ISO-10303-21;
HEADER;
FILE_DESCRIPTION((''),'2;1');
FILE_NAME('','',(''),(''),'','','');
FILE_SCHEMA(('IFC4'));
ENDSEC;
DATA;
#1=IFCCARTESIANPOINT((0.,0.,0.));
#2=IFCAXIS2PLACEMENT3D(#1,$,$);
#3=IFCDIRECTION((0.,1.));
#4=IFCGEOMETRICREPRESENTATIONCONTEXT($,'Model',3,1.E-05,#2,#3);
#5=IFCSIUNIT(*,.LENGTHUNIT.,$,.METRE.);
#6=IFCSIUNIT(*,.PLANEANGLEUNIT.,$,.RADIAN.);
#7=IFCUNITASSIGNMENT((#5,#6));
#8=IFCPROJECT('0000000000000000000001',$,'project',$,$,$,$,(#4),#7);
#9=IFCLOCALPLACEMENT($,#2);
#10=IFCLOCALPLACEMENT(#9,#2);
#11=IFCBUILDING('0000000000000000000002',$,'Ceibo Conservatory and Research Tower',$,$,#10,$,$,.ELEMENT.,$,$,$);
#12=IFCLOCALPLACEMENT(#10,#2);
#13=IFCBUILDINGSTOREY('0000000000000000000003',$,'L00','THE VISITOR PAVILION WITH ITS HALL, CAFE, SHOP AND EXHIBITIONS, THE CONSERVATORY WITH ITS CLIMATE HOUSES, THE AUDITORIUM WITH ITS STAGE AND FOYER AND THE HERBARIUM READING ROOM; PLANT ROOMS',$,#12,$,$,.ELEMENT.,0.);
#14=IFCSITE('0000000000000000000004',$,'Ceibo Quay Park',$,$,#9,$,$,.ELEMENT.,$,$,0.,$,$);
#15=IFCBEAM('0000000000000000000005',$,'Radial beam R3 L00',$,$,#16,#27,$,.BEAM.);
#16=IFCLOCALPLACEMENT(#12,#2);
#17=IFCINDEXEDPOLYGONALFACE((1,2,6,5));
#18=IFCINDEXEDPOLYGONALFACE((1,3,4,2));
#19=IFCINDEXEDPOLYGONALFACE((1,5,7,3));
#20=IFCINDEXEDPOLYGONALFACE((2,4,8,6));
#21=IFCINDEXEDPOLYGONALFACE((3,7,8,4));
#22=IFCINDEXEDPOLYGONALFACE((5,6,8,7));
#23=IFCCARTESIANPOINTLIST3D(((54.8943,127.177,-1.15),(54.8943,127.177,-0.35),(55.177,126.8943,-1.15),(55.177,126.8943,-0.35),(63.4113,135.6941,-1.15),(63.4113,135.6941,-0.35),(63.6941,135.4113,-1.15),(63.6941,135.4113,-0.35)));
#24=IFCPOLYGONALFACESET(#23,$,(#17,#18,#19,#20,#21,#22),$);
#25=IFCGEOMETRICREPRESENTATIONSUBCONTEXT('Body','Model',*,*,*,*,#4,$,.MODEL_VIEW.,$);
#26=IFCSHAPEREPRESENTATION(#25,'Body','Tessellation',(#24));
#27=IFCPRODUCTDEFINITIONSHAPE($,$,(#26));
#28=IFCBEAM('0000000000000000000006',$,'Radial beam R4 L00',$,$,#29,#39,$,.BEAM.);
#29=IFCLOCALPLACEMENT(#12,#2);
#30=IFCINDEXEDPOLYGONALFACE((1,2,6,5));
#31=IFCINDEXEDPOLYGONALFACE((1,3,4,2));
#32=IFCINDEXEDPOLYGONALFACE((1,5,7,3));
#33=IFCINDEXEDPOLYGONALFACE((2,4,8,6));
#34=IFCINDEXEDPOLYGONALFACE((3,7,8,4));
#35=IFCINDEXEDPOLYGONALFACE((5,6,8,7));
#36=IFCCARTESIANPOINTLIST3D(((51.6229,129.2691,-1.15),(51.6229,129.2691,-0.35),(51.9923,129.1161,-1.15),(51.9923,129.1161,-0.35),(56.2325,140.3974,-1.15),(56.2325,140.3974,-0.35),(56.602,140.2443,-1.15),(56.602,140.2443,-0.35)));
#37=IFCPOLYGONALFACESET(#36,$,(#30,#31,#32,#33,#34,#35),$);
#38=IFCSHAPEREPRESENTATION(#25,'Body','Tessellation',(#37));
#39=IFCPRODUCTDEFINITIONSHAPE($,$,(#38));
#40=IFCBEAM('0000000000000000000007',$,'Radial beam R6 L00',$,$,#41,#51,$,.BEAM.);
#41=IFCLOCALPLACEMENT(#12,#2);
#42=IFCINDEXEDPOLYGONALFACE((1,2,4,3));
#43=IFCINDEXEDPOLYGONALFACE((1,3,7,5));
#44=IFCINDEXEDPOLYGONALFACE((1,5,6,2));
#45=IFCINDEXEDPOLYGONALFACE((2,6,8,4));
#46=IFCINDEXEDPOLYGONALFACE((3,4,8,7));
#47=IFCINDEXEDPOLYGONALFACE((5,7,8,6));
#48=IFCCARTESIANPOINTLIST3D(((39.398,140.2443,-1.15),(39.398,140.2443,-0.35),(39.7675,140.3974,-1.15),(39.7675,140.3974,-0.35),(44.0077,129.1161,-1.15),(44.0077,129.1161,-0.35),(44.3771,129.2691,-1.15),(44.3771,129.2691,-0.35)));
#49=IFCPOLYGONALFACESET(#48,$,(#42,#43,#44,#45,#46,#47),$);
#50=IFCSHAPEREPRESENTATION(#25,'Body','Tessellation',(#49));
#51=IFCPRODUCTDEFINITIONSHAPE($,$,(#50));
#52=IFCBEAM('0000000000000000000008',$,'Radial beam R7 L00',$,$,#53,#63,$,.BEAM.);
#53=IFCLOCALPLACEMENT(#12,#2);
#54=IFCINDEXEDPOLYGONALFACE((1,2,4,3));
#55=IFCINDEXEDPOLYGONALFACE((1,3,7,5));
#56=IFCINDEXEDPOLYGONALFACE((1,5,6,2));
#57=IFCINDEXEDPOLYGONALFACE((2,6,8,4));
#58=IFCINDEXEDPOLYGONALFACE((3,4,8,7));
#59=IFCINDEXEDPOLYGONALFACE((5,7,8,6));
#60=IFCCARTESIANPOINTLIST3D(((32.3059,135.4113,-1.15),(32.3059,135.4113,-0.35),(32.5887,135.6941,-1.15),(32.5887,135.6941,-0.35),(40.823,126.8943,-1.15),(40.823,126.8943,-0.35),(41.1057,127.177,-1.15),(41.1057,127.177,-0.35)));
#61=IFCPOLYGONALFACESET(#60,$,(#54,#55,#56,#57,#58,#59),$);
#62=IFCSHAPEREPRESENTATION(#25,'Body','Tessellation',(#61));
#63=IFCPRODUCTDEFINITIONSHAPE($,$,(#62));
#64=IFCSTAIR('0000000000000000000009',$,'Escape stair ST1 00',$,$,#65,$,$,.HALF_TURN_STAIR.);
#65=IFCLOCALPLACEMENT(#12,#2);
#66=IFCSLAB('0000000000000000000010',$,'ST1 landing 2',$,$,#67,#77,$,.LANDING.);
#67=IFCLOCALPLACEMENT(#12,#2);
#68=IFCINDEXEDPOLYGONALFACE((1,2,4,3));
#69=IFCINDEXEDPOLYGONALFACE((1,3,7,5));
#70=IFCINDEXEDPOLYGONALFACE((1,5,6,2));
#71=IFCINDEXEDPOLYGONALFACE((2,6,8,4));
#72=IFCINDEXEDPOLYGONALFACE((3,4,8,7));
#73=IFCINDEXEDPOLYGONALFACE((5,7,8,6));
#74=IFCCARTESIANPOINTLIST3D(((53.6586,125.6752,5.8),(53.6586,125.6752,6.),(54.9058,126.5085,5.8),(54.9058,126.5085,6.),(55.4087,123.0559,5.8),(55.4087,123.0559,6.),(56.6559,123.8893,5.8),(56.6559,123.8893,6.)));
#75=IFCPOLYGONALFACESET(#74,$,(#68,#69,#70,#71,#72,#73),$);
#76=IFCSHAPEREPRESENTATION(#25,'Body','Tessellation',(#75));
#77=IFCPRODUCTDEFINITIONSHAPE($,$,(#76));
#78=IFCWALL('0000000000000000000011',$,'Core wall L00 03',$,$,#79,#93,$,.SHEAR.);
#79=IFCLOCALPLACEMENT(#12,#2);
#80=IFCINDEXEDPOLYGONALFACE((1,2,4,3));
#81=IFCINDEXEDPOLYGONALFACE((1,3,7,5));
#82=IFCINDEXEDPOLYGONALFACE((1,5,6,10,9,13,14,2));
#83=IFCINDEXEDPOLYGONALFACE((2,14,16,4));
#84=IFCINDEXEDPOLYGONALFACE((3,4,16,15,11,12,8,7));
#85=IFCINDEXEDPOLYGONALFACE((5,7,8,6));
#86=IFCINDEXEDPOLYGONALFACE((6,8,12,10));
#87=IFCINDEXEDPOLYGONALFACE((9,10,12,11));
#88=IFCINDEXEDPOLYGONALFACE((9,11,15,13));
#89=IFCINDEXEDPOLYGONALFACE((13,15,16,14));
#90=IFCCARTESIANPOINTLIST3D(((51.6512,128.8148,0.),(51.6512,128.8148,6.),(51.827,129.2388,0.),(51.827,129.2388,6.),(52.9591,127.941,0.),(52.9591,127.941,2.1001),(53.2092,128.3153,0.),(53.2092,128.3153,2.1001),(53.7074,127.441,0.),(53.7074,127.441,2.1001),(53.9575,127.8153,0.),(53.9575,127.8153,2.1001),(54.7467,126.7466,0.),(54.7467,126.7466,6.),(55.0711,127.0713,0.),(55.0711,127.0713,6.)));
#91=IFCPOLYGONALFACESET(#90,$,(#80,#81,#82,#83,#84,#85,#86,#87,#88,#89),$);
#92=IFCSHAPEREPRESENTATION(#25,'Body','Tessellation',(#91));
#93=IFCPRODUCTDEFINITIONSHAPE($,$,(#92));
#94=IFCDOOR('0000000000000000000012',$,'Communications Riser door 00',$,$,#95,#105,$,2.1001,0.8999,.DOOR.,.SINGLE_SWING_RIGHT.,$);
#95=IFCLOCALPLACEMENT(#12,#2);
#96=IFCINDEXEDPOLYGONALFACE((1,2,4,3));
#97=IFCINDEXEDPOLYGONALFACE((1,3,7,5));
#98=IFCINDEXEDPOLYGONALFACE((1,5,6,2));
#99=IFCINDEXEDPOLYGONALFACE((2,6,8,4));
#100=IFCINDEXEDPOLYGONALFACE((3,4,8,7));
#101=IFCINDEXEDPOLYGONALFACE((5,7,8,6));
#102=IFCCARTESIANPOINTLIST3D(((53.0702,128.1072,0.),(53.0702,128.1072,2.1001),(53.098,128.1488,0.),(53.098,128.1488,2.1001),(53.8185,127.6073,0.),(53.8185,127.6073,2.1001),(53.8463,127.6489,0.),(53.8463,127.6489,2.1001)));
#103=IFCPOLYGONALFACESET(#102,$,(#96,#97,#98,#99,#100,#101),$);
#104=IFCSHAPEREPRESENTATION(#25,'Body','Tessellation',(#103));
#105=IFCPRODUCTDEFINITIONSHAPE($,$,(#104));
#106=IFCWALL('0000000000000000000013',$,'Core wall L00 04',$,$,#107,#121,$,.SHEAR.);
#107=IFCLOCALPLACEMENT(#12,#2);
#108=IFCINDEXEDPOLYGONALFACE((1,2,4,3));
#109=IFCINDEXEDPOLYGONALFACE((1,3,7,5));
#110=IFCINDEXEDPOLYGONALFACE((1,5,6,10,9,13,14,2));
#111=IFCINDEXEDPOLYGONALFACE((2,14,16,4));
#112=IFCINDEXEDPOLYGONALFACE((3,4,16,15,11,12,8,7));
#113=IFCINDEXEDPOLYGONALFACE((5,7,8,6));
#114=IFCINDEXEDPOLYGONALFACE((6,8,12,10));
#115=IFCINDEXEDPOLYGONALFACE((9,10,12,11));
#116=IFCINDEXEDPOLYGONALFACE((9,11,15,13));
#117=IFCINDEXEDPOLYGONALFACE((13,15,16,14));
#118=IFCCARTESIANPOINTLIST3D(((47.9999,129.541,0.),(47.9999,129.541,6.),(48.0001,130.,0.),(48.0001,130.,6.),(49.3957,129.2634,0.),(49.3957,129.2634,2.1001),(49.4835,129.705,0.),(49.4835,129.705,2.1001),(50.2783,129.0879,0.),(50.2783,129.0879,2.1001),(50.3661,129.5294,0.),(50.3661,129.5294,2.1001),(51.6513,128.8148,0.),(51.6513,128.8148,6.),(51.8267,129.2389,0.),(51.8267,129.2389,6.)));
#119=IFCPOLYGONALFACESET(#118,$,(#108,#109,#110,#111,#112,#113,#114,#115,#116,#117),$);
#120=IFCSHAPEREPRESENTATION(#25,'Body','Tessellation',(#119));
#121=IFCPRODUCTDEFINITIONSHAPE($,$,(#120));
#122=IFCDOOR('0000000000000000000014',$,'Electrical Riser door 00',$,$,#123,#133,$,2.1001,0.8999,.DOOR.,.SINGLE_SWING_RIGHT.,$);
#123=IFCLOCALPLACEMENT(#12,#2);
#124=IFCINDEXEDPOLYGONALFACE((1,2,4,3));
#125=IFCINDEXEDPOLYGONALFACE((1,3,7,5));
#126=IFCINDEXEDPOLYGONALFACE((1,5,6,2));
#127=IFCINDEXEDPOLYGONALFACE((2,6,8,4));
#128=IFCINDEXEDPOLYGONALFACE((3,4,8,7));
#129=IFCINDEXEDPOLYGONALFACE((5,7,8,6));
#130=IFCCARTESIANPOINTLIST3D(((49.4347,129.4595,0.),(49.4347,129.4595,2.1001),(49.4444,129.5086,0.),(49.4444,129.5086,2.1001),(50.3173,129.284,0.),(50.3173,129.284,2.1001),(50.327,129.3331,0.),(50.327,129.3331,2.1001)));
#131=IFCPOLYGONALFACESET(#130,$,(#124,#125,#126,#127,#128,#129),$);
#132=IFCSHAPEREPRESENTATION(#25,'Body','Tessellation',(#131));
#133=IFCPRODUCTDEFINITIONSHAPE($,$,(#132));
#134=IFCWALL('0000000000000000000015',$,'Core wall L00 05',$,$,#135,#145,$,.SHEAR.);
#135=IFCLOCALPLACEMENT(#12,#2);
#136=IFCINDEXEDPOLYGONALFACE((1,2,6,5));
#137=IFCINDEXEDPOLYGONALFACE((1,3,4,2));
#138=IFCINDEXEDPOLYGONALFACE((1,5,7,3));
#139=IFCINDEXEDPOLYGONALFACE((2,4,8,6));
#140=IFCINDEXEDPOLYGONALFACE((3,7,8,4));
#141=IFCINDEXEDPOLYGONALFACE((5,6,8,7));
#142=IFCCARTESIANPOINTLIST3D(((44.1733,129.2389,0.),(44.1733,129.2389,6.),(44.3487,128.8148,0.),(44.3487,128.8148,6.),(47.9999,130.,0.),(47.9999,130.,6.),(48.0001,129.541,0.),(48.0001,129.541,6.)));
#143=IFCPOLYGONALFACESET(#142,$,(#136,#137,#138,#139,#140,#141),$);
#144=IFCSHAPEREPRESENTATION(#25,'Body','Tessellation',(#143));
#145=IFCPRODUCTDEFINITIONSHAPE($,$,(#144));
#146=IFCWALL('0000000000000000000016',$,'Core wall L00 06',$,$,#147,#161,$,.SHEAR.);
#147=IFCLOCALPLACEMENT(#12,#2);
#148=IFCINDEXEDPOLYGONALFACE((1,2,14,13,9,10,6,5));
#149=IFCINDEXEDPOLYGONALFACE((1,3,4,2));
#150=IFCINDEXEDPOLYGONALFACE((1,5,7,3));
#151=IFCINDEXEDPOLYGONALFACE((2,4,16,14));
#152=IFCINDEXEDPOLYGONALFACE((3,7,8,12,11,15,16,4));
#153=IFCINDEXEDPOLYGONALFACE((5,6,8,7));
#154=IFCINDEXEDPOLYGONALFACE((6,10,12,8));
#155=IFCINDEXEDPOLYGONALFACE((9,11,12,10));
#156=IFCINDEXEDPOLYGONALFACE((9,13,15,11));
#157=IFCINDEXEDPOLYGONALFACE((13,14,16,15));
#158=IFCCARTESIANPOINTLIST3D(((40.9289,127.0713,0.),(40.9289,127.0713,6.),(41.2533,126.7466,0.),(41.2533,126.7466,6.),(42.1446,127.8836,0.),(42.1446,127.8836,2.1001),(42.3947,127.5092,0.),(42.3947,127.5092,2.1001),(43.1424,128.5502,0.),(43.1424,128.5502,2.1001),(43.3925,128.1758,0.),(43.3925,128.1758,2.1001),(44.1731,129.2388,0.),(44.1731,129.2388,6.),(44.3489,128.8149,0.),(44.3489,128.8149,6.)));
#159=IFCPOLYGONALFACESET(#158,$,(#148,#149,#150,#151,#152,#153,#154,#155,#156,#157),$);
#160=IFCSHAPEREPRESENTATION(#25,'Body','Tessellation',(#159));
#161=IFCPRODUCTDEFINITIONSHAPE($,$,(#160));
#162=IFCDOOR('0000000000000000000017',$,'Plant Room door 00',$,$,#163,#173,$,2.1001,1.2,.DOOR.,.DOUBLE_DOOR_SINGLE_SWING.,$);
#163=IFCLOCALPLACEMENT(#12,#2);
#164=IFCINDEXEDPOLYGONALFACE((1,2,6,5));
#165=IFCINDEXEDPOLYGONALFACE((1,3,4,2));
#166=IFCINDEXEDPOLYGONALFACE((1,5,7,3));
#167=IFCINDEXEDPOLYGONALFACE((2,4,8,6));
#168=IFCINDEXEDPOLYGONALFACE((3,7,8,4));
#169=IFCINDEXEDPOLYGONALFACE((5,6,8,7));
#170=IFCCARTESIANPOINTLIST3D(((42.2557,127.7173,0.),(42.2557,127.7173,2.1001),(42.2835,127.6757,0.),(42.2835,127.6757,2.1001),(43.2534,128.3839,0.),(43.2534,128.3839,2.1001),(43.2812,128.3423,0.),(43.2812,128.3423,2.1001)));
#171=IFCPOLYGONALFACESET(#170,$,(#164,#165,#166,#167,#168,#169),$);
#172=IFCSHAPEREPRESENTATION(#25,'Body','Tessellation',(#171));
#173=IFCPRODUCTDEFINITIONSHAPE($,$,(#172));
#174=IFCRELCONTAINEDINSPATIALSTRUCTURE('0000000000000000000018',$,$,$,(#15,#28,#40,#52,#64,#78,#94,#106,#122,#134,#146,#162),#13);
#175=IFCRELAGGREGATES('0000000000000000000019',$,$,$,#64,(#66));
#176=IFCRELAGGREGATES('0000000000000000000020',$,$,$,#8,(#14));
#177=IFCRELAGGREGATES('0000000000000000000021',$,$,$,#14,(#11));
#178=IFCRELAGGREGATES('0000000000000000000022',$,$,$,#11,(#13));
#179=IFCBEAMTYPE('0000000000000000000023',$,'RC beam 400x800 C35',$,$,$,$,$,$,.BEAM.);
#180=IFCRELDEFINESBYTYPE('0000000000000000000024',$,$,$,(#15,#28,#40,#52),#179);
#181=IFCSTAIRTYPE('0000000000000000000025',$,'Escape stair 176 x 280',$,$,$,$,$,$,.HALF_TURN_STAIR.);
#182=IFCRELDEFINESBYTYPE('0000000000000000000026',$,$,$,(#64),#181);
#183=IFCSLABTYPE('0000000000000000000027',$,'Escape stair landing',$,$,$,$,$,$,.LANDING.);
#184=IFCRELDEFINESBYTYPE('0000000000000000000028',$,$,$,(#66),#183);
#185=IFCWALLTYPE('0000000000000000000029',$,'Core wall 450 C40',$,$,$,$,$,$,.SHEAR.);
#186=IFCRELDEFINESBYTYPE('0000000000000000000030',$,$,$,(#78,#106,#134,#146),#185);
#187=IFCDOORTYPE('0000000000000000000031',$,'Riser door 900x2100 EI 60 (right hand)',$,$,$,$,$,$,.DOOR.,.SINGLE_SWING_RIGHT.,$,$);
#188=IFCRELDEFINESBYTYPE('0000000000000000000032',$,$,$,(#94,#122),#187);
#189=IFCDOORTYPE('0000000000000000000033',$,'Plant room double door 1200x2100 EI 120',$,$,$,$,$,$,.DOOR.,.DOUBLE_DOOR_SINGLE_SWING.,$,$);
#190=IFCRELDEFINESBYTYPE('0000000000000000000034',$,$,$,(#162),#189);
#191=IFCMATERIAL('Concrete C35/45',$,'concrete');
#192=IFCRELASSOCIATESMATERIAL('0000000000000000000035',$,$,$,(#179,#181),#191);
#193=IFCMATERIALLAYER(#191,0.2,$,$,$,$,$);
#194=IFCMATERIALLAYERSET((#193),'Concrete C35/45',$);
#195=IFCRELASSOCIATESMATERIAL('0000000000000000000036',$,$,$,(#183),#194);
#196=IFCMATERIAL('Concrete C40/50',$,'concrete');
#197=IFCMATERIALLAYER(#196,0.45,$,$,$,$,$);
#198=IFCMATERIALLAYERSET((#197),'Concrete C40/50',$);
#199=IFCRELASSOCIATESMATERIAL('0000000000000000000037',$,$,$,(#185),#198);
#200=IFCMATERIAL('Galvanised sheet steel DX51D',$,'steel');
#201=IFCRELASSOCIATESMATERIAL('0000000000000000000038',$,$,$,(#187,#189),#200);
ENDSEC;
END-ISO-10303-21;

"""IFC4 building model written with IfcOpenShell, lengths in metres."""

from ifc_helpers import new_model, si_unit, direction, frame, frame_2d, origin, origin_2d, place, context, subcontext, project, spatial, polyline, rectangle, outline, extrude, material, layer, layer_set, material_profile, profile_set, type_object, element, fill, aggregate, save


model = new_model("IFC4")

# Units and contexts
model_context = context("Model", 3, precision=1e-05, world=origin(), true_north=direction((0.0, 1.0)))
body_context = subcontext(model_context, "Body", "Model", "MODEL_VIEW")
ifc_project = project(units=[si_unit("LENGTHUNIT", "METRE"), si_unit("PLANEANGLEUNIT", "RADIAN")], contexts=[model_context])

# Site, building, storey
site_placement = place(None, origin())
site = spatial("IfcSite", under=ifc_project, at=site_placement, Name="Ceibo Quay Park", CompositionType="ELEMENT", RefElevation=0.0)
building_placement = place(site_placement, origin())
building = spatial("IfcBuilding", under=site, at=building_placement, Name="Ceibo Conservatory and Research Tower", CompositionType="ELEMENT")
storey_placement = place(building_placement, origin())
storey = spatial("IfcBuildingStorey", under=building, at=storey_placement, Name="L00", Description="THE VISITOR PAVILION WITH ITS HALL, CAFE, SHOP AND EXHIBITIONS, THE CONSERVATORY WITH ITS CLIMATE HOUSES, THE AUDITORIUM WITH ITS STAGE AND FOYER AND THE HERBARIUM READING ROOM; PLANT ROOMS", CompositionType="ELEMENT", Elevation=0.0)

# Beams
ifc_material_1 = material(Name="Concrete C35/45", Category="concrete")
ifc_material_profile = material_profile(ifc_material_1, rectangle(XDim=0.3999, YDim=0.8, at=origin_2d()), Name="RC 400x800")
ifc_profile_set = profile_set([ifc_material_profile], Name="Concrete C35/45")
beam_type = type_object("IfcBeamType", Name="RC beam 400x800 C35", PredefinedType="BEAM", material=ifc_profile_set)
beam_1_placement = place(storey_placement, frame((55.0356, 127.0356, -0.75), z_axis=(0.707107, 0.707107, 0.0), x_axis=(-0.707107, 0.707107, 0.0)))
element("IfcBeam", 1, at=beam_1_placement, inside=storey, type_object=beam_type, Name="Radial beam R3 L00", PredefinedType="BEAM", context=body_context, shape_type="SweptSolid", body=[
    extrude(rectangle(XDim=0.3999, YDim=0.8, at=origin_2d()), origin(), (0.0, 0.0, 1.0), 12.0449),
])
for number, where, z_axis, x_axis, name in (
    (2, (51.8076, 129.1926, -0.75), (0.382696, 0.923874, 0.0), (-0.923874, 0.382696, 0.0), "Radial beam R4 L00"),
    (3, (44.1924, 129.1926, -0.75), (-0.382696, 0.923874, 0.0), (-0.923874, -0.382696, 0.0), "Radial beam R6 L00"),
):
    element("IfcBeam", number, at=place(storey_placement, frame(where, z_axis=z_axis, x_axis=x_axis)), inside=storey, type_object=beam_type, Name=name, PredefinedType="BEAM", context=body_context, shape_type="SweptSolid", body=[
        extrude(rectangle(XDim=0.3999, YDim=0.8, at=origin_2d()), origin(), (0.0, 0.0, 1.0), 12.0452),
    ])
beam_2_placement = place(storey_placement, frame((40.9644, 127.0356, -0.75), z_axis=(-0.707107, 0.707107, 0.0), x_axis=(-0.707107, -0.707107, 0.0)))
element("IfcBeam", 4, at=beam_2_placement, inside=storey, type_object=beam_type, Name="Radial beam R7 L00", PredefinedType="BEAM", context=body_context, shape_type="SweptSolid", body=[
    extrude(rectangle(XDim=0.3999, YDim=0.8, at=origin_2d()), origin(), (0.0, 0.0, 1.0), 12.0449),
])

# Stair, slab
stair_type = type_object("IfcStairType", Name="Escape stair 176 x 280", PredefinedType="HALF_TURN_STAIR", material=ifc_material_1)
stair_1_placement = place(storey_placement, origin())
stair_1 = element("IfcStair", 5, at=stair_1_placement, inside=storey, type_object=stair_type, Name="Escape stair ST1 00", PredefinedType="HALF_TURN_STAIR")
ifc_layer_1 = layer(ifc_material_1, 0.2)
ifc_layer_set_1 = layer_set([ifc_layer_1], Name="Concrete C35/45")
slab_type = type_object("IfcSlabType", Name="Escape stair landing", PredefinedType="LANDING", material=ifc_layer_set_1)
slab_placement = place(storey_placement, frame((54.9058, 126.5085, 5.8), z_axis=(0.0, 0.0, 1.0), x_axis=(-0.83147, -0.55557, 0.0)))
slab = element("IfcSlab", 6, at=slab_placement, type_object=slab_type, Name="ST1 landing 2", PredefinedType="LANDING", context=body_context, shape_type="SweptSolid", body=[
    extrude(outline(polyline([(0.0, 0.0), (1.5, 0.0), (1.5, 3.1501), (0.0, 3.1501), (0.0, 0.0)])), origin(), (0.0, 0.0, 1.0), 0.2),
])
aggregate(stair_1, [slab])

# Walls, openings, doors
ifc_material_2 = material(Name="Concrete C40/50", Category="concrete")
ifc_layer_2 = layer(ifc_material_2, 0.45)
ifc_layer_set_2 = layer_set([ifc_layer_2], Name="Concrete C40/50")
wall_type_1 = type_object("IfcWallType", Name="Core wall 450 C40", PredefinedType="SHEAR", material=ifc_layer_set_2)
wall_1_placement = place(storey_placement, frame((54.9089, 126.9089, 0.0), z_axis=(0.0, 0.0, 1.0), x_axis=(-0.831488, 0.555542, 0.0)))
wall_1 = element("IfcWall", 7, at=wall_1_placement, inside=storey, type_object=wall_type_1, Name="Core wall L00 03", PredefinedType="SHEAR", context=body_context, shape_type="SweptSolid", body=[
    extrude(outline(polyline([(-0.0447, -0.2251), (3.8569, -0.2251), (3.7676, 0.2251), (0.0447, 0.2251), (-0.0447, -0.2251)])), origin(), (0.0, 0.0, 1.0), 6.0),
])
opening_1_placement = place(wall_1_placement, frame((1.2947, 0.0, 0.0)))
opening_1 = element("IfcOpeningElement", 8, at=opening_1_placement, cuts=wall_1, PredefinedType="OPENING", context=body_context, shape_type="SweptSolid", body=[
    extrude(rectangle(XDim=0.8999, YDim=2.1001, at=frame_2d((0.45, 1.05))), frame((0.0, 0.2349, 0.0), z_axis=(0.0, -1.0, 0.0), x_axis=(1.0, 0.0, 0.0)), (0.0, 0.0, 1.0), 0.47),
])
ifc_material_3 = material(Name="Galvanised sheet steel DX51D", Category="steel")
door_type_1 = type_object("IfcDoorType", Name="Riser door 900x2100 EI 60 (right hand)", OperationType="SINGLE_SWING_RIGHT", PredefinedType="DOOR", material=ifc_material_3)
door_1_placement = place(opening_1_placement, frame((0.8999, 0.0, 0.0), z_axis=(0.0, 0.0, 1.0), x_axis=(-1.0, 0.0, 0.0)))
door_1 = element("IfcDoor", 9, at=door_1_placement, inside=storey, type_object=door_type_1, Name="Communications Riser door 00", OperationType="SINGLE_SWING_RIGHT", OverallHeight=2.1001, OverallWidth=0.8999, PredefinedType="DOOR", context=body_context, shape_type="SweptSolid", body=[
    extrude(rectangle(XDim=0.8999, YDim=2.1001, at=frame_2d((0.45, 1.05))), frame((0.0, 0.0249, 0.0), z_axis=(0.0, -1.0, 0.0), x_axis=(1.0, 0.0, 0.0)), (0.0, 0.0, 1.0), 0.05),
])
fill(opening_1, door_1)
wall_2_placement = place(storey_placement, frame((51.739, 129.0269, 0.0), z_axis=(0.0, 0.0, 1.0), x_axis=(-0.980789, 0.195069, 0.0)))
wall_2 = element("IfcWall", 10, at=wall_2_placement, inside=storey, type_object=wall_type_1, Name="Core wall L00 04", PredefinedType="SHEAR", context=body_context, shape_type="SweptSolid", body=[
    extrude(outline(polyline([(-0.0447, -0.2251), (3.8569, -0.2251), (3.7676, 0.2251), (0.0447, 0.2251), (-0.0447, -0.2251)])), origin(), (0.0, 0.0, 1.0), 6.0),
])
opening_2_placement = place(wall_2_placement, frame((1.4446, 0.0, 0.0)))
opening_2 = element("IfcOpeningElement", 11, at=opening_2_placement, cuts=wall_2, PredefinedType="OPENING", context=body_context, shape_type="SweptSolid", body=[
    extrude(rectangle(XDim=0.8999, YDim=2.1001, at=frame_2d((0.45, 1.05))), frame((0.0, 0.2349, 0.0), z_axis=(0.0, -1.0, 0.0), x_axis=(1.0, 0.0, 0.0)), (0.0, 0.0, 1.0), 0.47),
])
door_2_placement = place(opening_2_placement, frame((0.8999, 0.0, 0.0), z_axis=(0.0, 0.0, 1.0), x_axis=(-1.0, 0.0, 0.0)))
door_2 = element("IfcDoor", 12, at=door_2_placement, inside=storey, type_object=door_type_1, Name="Electrical Riser door 00", OperationType="SINGLE_SWING_RIGHT", OverallHeight=2.1001, OverallWidth=0.8999, PredefinedType="DOOR", context=body_context, shape_type="SweptSolid", body=[
    extrude(rectangle(XDim=0.8999, YDim=2.1001, at=frame_2d((0.45, 1.05))), frame((0.0, 0.0249, 0.0), z_axis=(0.0, -1.0, 0.0), x_axis=(1.0, 0.0, 0.0)), (0.0, 0.0, 1.0), 0.05),
])
fill(opening_2, door_2)

# Wall
wall_3_placement = place(storey_placement, frame((48.0, 129.7705, 0.0), z_axis=(0.0, 0.0, 1.0), x_axis=(-0.980789, -0.195069, 0.0)))
element("IfcWall", 13, at=wall_3_placement, inside=storey, type_object=wall_type_1, Name="Core wall L00 05", PredefinedType="SHEAR", context=body_context, shape_type="SweptSolid", body=[
    extrude(outline(polyline([(-0.0447, -0.2251), (3.8569, -0.2251), (3.7676, 0.2251), (0.0447, 0.2251), (-0.0447, -0.2251)])), origin(), (0.0, 0.0, 1.0), 6.0),
])

# Wall, opening, door
wall_4_placement = place(storey_placement, frame((44.261, 129.0269, 0.0), z_axis=(0.0, 0.0, 1.0), x_axis=(-0.831488, -0.555542, 0.0)))
wall_4 = element("IfcWall", 14, at=wall_4_placement, inside=storey, type_object=wall_type_1, Name="Core wall L00 06", PredefinedType="SHEAR", context=body_context, shape_type="SweptSolid", body=[
    extrude(outline(polyline([(-0.0447, -0.2251), (3.8569, -0.2251), (3.7676, 0.2251), (0.0447, 0.2251), (-0.0447, -0.2251)])), origin(), (0.0, 0.0, 1.0), 6.0),
])
opening_3_placement = place(wall_4_placement, frame((1.1948, 0.0, 0.0)))
opening_3 = element("IfcOpeningElement", 15, at=opening_3_placement, cuts=wall_4, PredefinedType="OPENING", context=body_context, shape_type="SweptSolid", body=[
    extrude(rectangle(XDim=1.2, YDim=2.1001, at=frame_2d((0.6001, 1.05))), frame((0.0, 0.2349, 0.0), z_axis=(0.0, -1.0, 0.0), x_axis=(1.0, 0.0, 0.0)), (0.0, 0.0, 1.0), 0.47),
])
door_type_2 = type_object("IfcDoorType", Name="Plant room double door 1200x2100 EI 120", OperationType="DOUBLE_DOOR_SINGLE_SWING", PredefinedType="DOOR", material=ifc_material_3)
door_3_placement = place(opening_3_placement, origin())
door_3 = element("IfcDoor", 16, at=door_3_placement, inside=storey, type_object=door_type_2, Name="Plant Room door 00", OperationType="DOUBLE_DOOR_SINGLE_SWING", OverallHeight=2.1001, OverallWidth=1.2, PredefinedType="DOOR", context=body_context, shape_type="SweptSolid", body=[
    extrude(rectangle(XDim=1.2, YDim=2.1001, at=frame_2d((0.6001, 1.05))), frame((0.0, 0.0249, 0.0), z_axis=(0.0, -1.0, 0.0), x_axis=(1.0, 0.0, 0.0)), (0.0, 0.0, 1.0), 0.05),
])
fill(opening_3, door_3)

save(model, "model.ifc")
